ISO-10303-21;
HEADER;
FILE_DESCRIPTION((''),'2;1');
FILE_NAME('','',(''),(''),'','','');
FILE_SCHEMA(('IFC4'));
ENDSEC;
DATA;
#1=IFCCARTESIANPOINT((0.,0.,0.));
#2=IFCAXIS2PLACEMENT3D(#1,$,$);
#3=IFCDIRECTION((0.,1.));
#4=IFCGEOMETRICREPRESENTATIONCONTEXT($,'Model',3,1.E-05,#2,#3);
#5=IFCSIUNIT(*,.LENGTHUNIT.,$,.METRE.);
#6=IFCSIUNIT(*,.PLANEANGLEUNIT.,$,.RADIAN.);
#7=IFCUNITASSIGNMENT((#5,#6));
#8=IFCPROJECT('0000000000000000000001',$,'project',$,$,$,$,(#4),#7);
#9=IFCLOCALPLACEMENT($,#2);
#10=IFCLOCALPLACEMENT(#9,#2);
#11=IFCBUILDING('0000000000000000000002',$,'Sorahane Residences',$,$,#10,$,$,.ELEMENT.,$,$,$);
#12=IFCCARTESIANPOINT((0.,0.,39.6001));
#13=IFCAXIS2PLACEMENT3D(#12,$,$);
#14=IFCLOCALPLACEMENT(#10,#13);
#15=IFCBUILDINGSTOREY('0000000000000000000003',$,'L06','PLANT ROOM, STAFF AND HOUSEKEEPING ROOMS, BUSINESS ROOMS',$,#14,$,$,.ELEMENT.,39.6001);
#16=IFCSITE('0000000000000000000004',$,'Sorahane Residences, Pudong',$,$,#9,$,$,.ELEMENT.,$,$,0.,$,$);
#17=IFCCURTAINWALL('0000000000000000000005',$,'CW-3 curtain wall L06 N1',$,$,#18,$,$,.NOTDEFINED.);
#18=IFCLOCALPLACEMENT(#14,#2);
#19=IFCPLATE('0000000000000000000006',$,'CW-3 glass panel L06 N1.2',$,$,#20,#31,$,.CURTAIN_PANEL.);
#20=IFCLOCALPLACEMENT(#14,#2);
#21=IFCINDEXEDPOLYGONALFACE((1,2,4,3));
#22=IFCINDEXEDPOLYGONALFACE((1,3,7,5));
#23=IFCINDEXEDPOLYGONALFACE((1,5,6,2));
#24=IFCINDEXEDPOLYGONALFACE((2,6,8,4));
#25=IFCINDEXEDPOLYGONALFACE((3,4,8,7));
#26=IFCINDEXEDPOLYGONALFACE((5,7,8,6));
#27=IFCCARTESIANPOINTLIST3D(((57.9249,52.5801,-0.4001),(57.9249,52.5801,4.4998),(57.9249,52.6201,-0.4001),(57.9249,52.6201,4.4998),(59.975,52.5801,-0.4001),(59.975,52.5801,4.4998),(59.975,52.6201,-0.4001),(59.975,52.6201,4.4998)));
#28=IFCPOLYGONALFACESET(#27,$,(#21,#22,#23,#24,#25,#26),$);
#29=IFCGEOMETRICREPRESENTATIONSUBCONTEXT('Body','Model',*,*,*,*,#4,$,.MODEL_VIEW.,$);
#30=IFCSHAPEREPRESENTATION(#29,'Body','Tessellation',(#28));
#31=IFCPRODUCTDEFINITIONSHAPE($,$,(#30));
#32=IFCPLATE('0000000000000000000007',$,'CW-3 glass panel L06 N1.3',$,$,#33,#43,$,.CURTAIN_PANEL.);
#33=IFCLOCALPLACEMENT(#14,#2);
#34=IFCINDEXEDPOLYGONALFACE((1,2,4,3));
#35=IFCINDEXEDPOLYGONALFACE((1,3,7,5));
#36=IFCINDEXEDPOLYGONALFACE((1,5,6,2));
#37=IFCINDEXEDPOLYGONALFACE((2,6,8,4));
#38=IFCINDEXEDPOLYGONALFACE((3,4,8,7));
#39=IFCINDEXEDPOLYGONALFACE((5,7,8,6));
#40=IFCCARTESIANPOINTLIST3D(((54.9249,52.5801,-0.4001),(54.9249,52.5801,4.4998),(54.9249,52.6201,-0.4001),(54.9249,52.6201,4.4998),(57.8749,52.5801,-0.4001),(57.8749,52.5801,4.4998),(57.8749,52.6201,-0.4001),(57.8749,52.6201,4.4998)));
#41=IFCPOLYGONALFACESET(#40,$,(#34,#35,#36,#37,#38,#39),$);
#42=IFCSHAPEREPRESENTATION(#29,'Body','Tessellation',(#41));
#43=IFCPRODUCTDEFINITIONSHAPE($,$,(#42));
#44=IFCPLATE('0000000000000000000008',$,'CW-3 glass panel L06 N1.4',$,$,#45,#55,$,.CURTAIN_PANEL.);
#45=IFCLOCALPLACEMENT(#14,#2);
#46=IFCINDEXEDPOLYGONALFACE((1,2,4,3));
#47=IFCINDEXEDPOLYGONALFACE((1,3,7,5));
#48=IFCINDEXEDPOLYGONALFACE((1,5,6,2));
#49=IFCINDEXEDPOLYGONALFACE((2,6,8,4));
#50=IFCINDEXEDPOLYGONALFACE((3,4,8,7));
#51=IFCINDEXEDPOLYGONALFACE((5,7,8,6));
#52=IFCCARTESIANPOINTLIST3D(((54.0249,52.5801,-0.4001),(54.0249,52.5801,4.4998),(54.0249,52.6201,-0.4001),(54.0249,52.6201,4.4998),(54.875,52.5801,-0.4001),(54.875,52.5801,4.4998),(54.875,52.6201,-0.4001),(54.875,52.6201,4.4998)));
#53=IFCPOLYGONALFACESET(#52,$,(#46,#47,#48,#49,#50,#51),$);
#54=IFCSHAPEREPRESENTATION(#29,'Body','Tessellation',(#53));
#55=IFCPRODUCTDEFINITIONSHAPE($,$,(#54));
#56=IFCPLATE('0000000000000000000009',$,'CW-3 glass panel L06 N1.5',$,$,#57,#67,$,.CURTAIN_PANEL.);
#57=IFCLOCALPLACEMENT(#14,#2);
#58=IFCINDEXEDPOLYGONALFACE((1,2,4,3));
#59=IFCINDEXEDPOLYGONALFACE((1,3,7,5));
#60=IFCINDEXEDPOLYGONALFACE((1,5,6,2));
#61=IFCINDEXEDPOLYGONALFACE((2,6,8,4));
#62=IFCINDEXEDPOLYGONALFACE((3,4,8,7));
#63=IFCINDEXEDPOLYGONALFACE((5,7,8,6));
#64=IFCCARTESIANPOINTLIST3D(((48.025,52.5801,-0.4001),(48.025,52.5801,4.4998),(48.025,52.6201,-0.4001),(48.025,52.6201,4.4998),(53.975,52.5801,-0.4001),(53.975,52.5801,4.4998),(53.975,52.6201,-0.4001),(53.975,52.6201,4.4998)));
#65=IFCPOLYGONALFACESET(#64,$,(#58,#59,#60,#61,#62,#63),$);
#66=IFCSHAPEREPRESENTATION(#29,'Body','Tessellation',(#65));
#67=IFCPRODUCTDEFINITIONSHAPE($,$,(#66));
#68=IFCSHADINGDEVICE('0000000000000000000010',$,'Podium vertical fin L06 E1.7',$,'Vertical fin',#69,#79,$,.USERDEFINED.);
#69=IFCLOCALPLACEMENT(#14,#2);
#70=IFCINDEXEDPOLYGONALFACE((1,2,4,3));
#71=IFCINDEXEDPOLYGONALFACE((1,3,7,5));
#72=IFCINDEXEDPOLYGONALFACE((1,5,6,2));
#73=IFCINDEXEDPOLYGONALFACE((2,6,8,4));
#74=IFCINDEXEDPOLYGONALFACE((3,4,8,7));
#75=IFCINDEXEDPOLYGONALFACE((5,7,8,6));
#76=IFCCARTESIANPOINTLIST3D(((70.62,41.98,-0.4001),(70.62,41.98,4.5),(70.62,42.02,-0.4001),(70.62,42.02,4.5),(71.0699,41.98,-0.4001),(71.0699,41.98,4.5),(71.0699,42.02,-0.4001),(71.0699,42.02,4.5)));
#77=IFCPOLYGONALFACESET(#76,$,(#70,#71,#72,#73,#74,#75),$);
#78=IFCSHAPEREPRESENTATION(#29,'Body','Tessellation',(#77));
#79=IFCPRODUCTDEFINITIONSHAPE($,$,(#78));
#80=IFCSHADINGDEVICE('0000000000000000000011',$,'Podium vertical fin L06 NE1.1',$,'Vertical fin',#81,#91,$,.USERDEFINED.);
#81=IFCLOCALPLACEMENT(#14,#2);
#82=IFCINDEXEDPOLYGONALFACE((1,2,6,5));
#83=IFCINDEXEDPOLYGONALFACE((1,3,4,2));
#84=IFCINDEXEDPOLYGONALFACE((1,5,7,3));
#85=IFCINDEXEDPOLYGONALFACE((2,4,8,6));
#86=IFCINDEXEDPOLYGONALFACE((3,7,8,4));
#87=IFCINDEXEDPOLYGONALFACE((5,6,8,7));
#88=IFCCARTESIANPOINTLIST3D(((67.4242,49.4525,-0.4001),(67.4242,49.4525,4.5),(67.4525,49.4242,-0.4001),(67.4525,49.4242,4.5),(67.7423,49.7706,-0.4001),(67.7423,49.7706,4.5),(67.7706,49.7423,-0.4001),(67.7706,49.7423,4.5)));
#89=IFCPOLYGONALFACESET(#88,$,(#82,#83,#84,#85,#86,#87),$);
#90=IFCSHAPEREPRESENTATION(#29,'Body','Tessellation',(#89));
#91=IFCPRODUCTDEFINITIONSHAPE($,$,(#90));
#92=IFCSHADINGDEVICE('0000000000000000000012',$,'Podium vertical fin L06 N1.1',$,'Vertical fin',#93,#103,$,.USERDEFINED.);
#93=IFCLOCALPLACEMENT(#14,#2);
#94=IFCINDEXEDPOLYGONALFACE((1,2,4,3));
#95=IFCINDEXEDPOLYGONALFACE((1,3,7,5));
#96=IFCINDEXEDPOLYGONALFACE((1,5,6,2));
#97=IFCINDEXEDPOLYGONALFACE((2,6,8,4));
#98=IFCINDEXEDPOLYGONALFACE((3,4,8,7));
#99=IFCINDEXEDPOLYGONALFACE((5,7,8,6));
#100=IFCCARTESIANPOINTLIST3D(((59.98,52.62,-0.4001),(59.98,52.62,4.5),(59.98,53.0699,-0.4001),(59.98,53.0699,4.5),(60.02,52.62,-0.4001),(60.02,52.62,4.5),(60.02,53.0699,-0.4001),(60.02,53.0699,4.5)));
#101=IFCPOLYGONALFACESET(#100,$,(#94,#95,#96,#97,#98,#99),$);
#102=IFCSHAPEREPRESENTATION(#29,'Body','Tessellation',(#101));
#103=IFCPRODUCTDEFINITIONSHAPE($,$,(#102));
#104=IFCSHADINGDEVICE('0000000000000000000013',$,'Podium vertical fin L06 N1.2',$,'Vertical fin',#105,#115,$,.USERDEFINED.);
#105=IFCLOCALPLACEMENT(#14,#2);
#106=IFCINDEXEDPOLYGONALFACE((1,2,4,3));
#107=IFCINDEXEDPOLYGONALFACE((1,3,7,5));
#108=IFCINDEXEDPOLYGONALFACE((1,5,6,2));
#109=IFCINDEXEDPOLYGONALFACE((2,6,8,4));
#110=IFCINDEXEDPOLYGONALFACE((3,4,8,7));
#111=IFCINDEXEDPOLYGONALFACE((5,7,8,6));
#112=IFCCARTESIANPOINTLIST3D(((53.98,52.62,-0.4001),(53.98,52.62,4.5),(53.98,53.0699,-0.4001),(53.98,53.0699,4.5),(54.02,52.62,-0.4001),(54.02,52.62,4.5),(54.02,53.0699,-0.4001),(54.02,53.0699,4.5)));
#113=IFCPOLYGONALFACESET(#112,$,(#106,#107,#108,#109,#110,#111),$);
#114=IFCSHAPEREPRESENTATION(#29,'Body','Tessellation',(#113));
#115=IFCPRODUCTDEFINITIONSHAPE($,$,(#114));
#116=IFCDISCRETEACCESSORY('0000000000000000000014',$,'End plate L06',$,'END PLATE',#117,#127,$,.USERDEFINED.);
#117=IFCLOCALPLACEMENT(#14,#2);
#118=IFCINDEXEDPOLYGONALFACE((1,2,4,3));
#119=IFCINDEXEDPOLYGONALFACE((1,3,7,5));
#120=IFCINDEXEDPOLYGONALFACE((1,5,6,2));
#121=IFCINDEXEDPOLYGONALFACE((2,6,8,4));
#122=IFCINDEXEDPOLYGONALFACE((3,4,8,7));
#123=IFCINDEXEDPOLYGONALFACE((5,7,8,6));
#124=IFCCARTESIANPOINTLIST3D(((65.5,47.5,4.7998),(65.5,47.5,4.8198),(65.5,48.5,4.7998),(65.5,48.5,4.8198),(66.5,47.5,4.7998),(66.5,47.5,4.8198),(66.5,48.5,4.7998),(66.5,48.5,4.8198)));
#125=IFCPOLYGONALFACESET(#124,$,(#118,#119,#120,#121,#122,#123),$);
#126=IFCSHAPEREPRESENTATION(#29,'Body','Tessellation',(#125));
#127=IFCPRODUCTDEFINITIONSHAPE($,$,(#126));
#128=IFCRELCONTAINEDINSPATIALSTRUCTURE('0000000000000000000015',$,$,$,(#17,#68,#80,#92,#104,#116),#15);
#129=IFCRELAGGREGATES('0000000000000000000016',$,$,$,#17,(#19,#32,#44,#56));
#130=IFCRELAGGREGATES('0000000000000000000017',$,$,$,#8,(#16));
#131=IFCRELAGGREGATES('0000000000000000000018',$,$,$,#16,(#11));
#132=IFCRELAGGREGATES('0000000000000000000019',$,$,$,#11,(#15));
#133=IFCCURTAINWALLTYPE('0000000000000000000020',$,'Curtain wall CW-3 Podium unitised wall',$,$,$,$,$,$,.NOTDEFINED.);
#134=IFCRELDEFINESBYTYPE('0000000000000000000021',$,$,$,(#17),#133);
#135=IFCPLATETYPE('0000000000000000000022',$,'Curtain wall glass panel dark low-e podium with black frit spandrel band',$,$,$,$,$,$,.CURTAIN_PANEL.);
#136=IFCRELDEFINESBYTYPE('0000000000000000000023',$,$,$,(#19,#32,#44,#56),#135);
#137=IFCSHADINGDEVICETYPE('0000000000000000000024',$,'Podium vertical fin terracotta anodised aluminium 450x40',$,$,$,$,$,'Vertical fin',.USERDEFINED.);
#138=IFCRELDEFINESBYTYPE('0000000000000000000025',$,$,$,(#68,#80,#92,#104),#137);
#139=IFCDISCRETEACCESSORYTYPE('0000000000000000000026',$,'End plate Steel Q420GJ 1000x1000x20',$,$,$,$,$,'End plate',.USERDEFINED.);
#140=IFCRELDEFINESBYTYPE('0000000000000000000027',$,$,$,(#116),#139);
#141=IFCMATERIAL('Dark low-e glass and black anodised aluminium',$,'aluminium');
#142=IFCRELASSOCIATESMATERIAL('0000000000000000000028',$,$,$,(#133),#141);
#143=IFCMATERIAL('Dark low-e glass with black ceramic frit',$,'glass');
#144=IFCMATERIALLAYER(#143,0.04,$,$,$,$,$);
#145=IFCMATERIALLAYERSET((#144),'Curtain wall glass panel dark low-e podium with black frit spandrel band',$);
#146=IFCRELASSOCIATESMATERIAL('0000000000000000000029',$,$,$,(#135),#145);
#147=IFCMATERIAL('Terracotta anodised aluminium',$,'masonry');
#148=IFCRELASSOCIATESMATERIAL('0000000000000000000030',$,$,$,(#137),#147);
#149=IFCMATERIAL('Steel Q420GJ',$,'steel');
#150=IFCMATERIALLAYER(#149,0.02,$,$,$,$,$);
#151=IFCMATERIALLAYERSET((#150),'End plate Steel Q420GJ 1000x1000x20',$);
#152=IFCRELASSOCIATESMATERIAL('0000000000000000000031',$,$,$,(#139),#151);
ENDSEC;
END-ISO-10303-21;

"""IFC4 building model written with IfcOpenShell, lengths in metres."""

from ifc_helpers import new_model, si_unit, direction, frame, origin, origin_2d, place, context, subcontext, project, spatial, rectangle, extrude, material, layer, layer_set, material_profile, profile_set, type_object, element, aggregate, save


model = new_model("IFC4")

# Units and contexts
model_context = context("Model", 3, precision=1e-05, world=origin(), true_north=direction((0.0, 1.0)))
body_context = subcontext(model_context, "Body", "Model", "MODEL_VIEW")
ifc_project = project(units=[si_unit("LENGTHUNIT", "METRE"), si_unit("PLANEANGLEUNIT", "RADIAN")], contexts=[model_context])

# Site, building, storey
site_placement = place(None, origin())
site = spatial("IfcSite", under=ifc_project, at=site_placement, Name="Sorahane Residences, Pudong", CompositionType="ELEMENT", RefElevation=0.0)
building_placement = place(site_placement, origin())
building = spatial("IfcBuilding", under=site, at=building_placement, Name="Sorahane Residences", CompositionType="ELEMENT")
storey_placement = place(building_placement, frame((0.0, 0.0, 39.6001)))
storey = spatial("IfcBuildingStorey", under=building, at=storey_placement, Name="L06", Description="PLANT ROOM, STAFF AND HOUSEKEEPING ROOMS, BUSINESS ROOMS", CompositionType="ELEMENT", Elevation=39.6001)

# Shared definitions
ifc_material_1 = material(Name="Dark low-e glass and black anodised aluminium", Category="aluminium")
curtain_wall_type = type_object("IfcCurtainWallType", Name="Curtain wall CW-3 Podium unitised wall", PredefinedType="NOTDEFINED", material=ifc_material_1)

# Curtain wall
curtain_wall_1_placement = place(storey_placement, origin())
curtain_wall_1 = element("IfcCurtainWall", 1, at=curtain_wall_1_placement, inside=storey, type_object=curtain_wall_type, Name="CW-3 curtain wall L06 N1", PredefinedType="NOTDEFINED")

# Plates
ifc_material_2 = material(Name="Dark low-e glass with black ceramic frit", Category="glass")
ifc_layer_1 = layer(ifc_material_2, 0.04)
ifc_layer_set_1 = layer_set([ifc_layer_1], Name="Curtain wall glass panel dark low-e podium with black frit spandrel band")
plate_type = type_object("IfcPlateType", Name="Curtain wall glass panel dark low-e podium with black frit spandrel band", PredefinedType="CURTAIN_PANEL", material=ifc_layer_set_1)
plate_1_placement = place(storey_placement, frame((58.95, 52.6001, -0.4001), z_axis=(0.0, 0.0, 1.0), x_axis=(-1.0, 0.0, 0.0)))
plate_1 = element("IfcPlate", 2, at=plate_1_placement, type_object=plate_type, Name="CW-3 glass panel L06 N1.2", PredefinedType="CURTAIN_PANEL", context=body_context, shape_type="SweptSolid", body=[
    extrude(rectangle(XDim=2.05, YDim=0.04, at=origin_2d()), origin(), (0.0, 0.0, 1.0), 4.8999),
])
plate_2_placement = place(storey_placement, frame((56.3999, 52.6001, -0.4001), z_axis=(0.0, 0.0, 1.0), x_axis=(-1.0, 0.0, 0.0)))
plate_2 = element("IfcPlate", 3, at=plate_2_placement, type_object=plate_type, Name="CW-3 glass panel L06 N1.3", PredefinedType="CURTAIN_PANEL", context=body_context, shape_type="SweptSolid", body=[
    extrude(rectangle(XDim=2.95, YDim=0.04, at=origin_2d()), origin(), (0.0, 0.0, 1.0), 4.8999),
])
plate_3_placement = place(storey_placement, frame((54.45, 52.6001, -0.4001), z_axis=(0.0, 0.0, 1.0), x_axis=(-1.0, 0.0, 0.0)))
plate_3 = element("IfcPlate", 4, at=plate_3_placement, type_object=plate_type, Name="CW-3 glass panel L06 N1.4", PredefinedType="CURTAIN_PANEL", context=body_context, shape_type="SweptSolid", body=[
    extrude(rectangle(XDim=0.8501, YDim=0.04, at=origin_2d()), origin(), (0.0, 0.0, 1.0), 4.8999),
])
plate_4_placement = place(storey_placement, frame((51.0, 52.6001, -0.4001), z_axis=(0.0, 0.0, 1.0), x_axis=(-1.0, 0.0, 0.0)))
plate_4 = element("IfcPlate", 5, at=plate_4_placement, type_object=plate_type, Name="CW-3 glass panel L06 N1.5", PredefinedType="CURTAIN_PANEL", context=body_context, shape_type="SweptSolid", body=[
    extrude(rectangle(XDim=5.95, YDim=0.04, at=origin_2d()), origin(), (0.0, 0.0, 1.0), 4.8999),
])
aggregate(curtain_wall_1, [plate_1, plate_2, plate_3, plate_4])

# Shading devices
ifc_material_3 = material(Name="Terracotta anodised aluminium", Category="masonry")
ifc_material_profile_1 = material_profile(ifc_material_3, rectangle(XDim=0.45, YDim=0.04, at=origin_2d()), Name="Podium vertical fin terracotta anodised aluminium 450x40")
ifc_profile_set_1 = profile_set([ifc_material_profile_1], Name="Terracotta anodised aluminium")
shading_device_type = type_object("IfcShadingDeviceType", Name="Podium vertical fin terracotta anodised aluminium 450x40", ElementType="Vertical fin", PredefinedType="USERDEFINED", material=ifc_profile_set_1)
for number, where, z_axis, x_axis, name in (
    (6, (70.845, 42.0, -0.4001), (0.0, 0.0, 1.0), (1.0, 0.0, 0.0), "Podium vertical fin L06 E1.7"),
    (7, (67.5974, 49.5974, -0.4001), (0.0, 0.0, 1.0), (0.707107, 0.707107, 0.0), "Podium vertical fin L06 NE1.1"),
    (8, (60.0, 52.845, -0.4001), (0.0, 0.0, 1.0), (0.0, 1.0, 0.0), "Podium vertical fin L06 N1.1"),
    (9, (54.0, 52.845, -0.4001), (0.0, 0.0, 1.0), (0.0, 1.0, 0.0), "Podium vertical fin L06 N1.2"),
):
    element("IfcShadingDevice", number, at=place(storey_placement, frame(where, z_axis=z_axis, x_axis=x_axis)), inside=storey, type_object=shading_device_type, Name=name, ObjectType="Vertical fin", PredefinedType="USERDEFINED", context=body_context, shape_type="SweptSolid", body=[
        extrude(rectangle(XDim=0.45, YDim=0.04, at=origin_2d()), origin(), (0.0, 0.0, 1.0), 4.9001),
    ])

# Discrete accessory
ifc_material_4 = material(Name="Steel Q420GJ", Category="steel")
ifc_layer_2 = layer(ifc_material_4, 0.02)
ifc_layer_set_2 = layer_set([ifc_layer_2], Name="End plate Steel Q420GJ 1000x1000x20")
discrete_accessory_type = type_object("IfcDiscreteAccessoryType", Name="End plate Steel Q420GJ 1000x1000x20", ElementType="End plate", PredefinedType="USERDEFINED", material=ifc_layer_set_2)
discrete_accessory_placement = place(storey_placement, frame((66.0, 48.0, 4.7998), z_axis=(0.0, 0.0, 1.0), x_axis=(1.0, 0.0, 0.0)))
element("IfcDiscreteAccessory", 10, at=discrete_accessory_placement, inside=storey, type_object=discrete_accessory_type, Name="End plate L06", ObjectType="END PLATE", PredefinedType="USERDEFINED", context=body_context, shape_type="SweptSolid", body=[
    extrude(rectangle(XDim=1.0, YDim=1.0, at=origin_2d()), origin(), (0.0, 0.0, 1.0), 0.02),
])

save(model, "model.ifc")
